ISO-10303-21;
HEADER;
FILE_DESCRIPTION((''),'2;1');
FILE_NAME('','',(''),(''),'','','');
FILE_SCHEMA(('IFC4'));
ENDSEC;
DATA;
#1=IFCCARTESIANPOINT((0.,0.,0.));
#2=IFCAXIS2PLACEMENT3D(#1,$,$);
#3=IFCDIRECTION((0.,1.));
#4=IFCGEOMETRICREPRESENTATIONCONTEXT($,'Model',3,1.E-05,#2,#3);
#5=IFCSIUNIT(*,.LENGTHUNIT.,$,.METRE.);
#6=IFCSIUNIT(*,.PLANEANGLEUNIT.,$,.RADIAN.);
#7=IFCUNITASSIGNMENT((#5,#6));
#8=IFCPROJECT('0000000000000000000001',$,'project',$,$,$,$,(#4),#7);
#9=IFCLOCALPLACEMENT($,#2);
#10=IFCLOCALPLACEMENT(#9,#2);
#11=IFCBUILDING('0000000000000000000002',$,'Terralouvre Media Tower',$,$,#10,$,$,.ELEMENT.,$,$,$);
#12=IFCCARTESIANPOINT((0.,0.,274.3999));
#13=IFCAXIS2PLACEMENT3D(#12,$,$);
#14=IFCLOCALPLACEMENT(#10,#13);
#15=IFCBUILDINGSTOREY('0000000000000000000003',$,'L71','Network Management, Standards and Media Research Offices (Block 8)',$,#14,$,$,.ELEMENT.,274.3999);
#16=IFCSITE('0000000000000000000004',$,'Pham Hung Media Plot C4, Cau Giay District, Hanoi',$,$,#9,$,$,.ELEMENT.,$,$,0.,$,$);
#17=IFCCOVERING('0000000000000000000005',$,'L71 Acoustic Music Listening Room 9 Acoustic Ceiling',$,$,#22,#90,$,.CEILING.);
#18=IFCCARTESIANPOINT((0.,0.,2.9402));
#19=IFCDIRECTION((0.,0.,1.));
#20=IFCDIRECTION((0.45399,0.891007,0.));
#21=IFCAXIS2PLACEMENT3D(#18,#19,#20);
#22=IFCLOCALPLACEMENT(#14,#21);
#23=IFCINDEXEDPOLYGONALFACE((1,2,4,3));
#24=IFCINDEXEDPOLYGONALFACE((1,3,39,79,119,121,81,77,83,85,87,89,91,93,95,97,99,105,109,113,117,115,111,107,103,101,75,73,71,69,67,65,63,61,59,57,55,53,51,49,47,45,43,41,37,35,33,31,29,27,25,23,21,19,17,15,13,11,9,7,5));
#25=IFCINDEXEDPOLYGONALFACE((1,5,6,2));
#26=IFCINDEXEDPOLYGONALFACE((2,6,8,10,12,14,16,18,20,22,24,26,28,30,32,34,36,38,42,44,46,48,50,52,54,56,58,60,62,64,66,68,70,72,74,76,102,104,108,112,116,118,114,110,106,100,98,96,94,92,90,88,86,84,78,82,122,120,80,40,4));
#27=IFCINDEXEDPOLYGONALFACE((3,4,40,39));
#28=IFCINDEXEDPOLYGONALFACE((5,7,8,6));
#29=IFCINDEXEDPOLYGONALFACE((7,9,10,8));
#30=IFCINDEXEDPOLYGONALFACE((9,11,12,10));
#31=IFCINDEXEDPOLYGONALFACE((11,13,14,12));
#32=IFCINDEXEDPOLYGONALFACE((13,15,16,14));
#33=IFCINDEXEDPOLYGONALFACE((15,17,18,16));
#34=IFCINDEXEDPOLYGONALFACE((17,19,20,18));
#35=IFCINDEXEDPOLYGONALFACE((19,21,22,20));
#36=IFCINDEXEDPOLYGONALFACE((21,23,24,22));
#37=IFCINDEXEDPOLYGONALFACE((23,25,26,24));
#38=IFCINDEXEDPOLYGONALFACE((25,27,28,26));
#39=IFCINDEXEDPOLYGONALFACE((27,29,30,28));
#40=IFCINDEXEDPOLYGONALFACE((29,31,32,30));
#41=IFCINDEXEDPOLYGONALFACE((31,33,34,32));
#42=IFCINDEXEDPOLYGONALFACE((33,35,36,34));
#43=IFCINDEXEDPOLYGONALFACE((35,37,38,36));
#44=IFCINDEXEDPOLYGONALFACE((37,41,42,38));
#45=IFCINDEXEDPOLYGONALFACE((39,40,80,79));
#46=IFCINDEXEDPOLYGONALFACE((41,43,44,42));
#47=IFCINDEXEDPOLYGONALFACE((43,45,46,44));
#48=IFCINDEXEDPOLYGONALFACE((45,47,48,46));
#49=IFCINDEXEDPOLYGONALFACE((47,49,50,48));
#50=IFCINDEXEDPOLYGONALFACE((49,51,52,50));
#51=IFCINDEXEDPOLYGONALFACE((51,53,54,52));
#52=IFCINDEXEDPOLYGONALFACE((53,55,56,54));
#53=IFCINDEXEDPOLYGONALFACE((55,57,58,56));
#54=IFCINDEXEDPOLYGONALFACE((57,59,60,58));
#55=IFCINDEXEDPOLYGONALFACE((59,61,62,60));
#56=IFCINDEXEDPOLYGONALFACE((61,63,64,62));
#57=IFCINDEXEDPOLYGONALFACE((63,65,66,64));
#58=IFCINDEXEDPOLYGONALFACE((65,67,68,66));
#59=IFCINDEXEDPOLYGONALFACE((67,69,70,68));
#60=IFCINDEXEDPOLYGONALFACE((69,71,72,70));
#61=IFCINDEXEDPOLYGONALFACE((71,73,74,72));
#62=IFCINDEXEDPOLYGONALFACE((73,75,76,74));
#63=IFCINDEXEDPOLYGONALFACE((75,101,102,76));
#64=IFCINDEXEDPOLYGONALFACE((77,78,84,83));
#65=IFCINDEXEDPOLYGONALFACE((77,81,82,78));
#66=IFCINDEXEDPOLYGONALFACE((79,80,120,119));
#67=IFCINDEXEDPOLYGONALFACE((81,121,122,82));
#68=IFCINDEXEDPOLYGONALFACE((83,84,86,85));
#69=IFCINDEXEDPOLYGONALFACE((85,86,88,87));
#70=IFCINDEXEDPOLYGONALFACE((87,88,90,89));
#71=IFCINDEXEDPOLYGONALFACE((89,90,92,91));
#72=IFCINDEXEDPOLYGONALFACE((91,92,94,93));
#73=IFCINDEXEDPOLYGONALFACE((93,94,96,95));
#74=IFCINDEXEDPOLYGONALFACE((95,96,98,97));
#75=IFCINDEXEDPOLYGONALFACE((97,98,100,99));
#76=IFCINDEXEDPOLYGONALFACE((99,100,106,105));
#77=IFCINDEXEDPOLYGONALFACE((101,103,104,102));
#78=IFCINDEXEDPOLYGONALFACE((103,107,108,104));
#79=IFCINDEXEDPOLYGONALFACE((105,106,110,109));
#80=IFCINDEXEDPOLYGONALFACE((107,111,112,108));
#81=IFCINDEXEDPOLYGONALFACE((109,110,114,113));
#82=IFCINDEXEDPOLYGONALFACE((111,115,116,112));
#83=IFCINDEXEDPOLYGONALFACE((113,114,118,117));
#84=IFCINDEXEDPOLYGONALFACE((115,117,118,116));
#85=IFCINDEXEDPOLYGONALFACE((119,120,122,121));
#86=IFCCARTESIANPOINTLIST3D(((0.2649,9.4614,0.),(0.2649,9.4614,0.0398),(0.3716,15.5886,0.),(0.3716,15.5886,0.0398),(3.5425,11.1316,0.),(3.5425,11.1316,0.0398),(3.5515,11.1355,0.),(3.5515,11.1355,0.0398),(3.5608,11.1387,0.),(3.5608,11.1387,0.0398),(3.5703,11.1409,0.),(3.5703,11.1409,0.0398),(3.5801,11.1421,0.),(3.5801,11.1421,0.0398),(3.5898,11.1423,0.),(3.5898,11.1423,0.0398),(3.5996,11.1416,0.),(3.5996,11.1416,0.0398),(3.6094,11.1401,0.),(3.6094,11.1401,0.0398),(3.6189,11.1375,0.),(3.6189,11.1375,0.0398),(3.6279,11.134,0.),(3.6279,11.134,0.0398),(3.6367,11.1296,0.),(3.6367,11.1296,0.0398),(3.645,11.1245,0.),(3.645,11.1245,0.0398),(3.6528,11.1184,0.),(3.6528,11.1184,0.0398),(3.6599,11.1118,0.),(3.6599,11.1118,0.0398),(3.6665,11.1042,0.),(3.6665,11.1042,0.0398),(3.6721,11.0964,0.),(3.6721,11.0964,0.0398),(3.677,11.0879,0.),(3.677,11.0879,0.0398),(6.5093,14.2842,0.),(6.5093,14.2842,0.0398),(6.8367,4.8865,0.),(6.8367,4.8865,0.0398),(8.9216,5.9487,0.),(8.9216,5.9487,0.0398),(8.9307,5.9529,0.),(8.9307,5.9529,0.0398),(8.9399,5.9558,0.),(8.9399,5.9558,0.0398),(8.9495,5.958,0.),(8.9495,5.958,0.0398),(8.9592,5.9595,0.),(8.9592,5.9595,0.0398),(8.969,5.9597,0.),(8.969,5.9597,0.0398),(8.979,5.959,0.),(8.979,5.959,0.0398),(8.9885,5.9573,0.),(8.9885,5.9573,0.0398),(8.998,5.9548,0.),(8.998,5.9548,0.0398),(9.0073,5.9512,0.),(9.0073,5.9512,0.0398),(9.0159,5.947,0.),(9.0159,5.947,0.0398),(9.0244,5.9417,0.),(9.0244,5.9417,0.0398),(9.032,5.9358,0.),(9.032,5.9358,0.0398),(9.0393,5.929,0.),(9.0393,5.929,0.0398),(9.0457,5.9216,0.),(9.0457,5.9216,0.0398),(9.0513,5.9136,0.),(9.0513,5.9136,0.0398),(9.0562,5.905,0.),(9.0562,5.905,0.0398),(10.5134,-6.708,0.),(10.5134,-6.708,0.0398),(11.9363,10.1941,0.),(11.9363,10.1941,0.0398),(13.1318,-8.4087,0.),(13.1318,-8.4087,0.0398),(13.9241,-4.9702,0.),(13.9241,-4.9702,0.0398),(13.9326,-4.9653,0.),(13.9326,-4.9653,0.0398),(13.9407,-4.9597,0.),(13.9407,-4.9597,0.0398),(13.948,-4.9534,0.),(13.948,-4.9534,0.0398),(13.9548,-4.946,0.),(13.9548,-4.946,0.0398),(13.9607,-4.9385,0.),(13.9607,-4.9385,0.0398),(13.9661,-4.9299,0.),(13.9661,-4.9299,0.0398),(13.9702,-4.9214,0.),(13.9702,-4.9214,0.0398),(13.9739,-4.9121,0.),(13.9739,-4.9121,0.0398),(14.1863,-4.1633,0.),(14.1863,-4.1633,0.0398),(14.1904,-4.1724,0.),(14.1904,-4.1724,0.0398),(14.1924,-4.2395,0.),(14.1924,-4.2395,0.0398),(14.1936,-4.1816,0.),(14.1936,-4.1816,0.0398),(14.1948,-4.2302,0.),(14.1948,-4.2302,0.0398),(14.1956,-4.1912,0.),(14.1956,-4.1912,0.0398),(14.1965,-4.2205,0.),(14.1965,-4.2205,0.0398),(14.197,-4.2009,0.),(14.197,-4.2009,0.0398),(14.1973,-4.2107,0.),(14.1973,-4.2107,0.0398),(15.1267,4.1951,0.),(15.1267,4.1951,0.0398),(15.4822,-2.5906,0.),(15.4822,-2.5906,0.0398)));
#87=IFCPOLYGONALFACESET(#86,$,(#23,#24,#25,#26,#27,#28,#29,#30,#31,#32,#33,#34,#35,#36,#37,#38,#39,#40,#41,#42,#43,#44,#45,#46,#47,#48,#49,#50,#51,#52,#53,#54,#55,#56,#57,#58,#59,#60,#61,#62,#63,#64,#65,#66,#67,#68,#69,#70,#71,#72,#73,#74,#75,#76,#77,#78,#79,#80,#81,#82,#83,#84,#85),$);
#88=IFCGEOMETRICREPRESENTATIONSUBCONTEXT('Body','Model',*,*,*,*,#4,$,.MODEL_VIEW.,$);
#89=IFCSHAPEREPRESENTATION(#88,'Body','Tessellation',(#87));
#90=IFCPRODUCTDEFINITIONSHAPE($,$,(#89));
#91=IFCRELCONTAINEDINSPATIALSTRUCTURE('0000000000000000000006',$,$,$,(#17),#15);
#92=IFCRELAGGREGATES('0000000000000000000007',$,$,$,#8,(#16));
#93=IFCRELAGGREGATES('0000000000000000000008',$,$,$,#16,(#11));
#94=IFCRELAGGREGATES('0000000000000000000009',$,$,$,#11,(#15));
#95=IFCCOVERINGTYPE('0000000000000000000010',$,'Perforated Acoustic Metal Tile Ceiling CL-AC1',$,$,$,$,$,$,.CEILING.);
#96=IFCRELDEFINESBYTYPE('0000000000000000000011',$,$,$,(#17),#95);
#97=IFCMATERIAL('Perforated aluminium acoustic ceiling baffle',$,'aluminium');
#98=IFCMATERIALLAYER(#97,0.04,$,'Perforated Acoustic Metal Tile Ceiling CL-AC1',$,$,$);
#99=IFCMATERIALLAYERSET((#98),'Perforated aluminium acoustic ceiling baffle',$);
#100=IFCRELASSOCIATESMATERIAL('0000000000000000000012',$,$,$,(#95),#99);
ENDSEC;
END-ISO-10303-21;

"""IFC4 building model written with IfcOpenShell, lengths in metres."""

from ifc_helpers import new_model, si_unit, direction, frame, origin, place, context, subcontext, project, spatial, polyline, outline, extrude, material, layer, layer_set, type_object, element, save


model = new_model("IFC4")

# Units and contexts
model_context = context("Model", 3, precision=1e-05, world=origin(), true_north=direction((0.0, 1.0)))
body_context = subcontext(model_context, "Body", "Model", "MODEL_VIEW")
ifc_project = project(units=[si_unit("LENGTHUNIT", "METRE"), si_unit("PLANEANGLEUNIT", "RADIAN")], contexts=[model_context])

# Site, building, storey
site_placement = place(None, origin())
site = spatial("IfcSite", under=ifc_project, at=site_placement, Name="Pham Hung Media Plot C4, Cau Giay District, Hanoi", CompositionType="ELEMENT", RefElevation=0.0)
building_placement = place(site_placement, origin())
building = spatial("IfcBuilding", under=site, at=building_placement, Name="Terralouvre Media Tower", CompositionType="ELEMENT")
storey_placement = place(building_placement, frame((0.0, 0.0, 274.3999)))
storey = spatial("IfcBuildingStorey", under=building, at=storey_placement, Name="L71", Description="Network Management, Standards and Media Research Offices (Block 8)", CompositionType="ELEMENT", Elevation=274.3999)

# Covering
ifc_material_1 = material(Name="Perforated aluminium acoustic ceiling baffle", Category="aluminium")
ifc_layer_1 = layer(ifc_material_1, 0.04, Name="Perforated Acoustic Metal Tile Ceiling CL-AC1")
ifc_layer_set_1 = layer_set([ifc_layer_1], Name="Perforated aluminium acoustic ceiling baffle")
covering_type = type_object("IfcCoveringType", Name="Perforated Acoustic Metal Tile Ceiling CL-AC1", PredefinedType="CEILING", material=ifc_layer_set_1)
covering_placement = place(storey_placement, frame((0.0, 0.0, 2.9402), z_axis=(0.0, 0.0, 1.0), x_axis=(0.45399, 0.891007, 0.0)))
element("IfcCovering", 1, at=covering_placement, inside=storey, type_object=covering_type, Name="L71 Acoustic Music Listening Room 9 Acoustic Ceiling", PredefinedType="CEILING", context=body_context, shape_type="SweptSolid", body=[
    extrude(outline(polyline([(8.9307, 5.9529), (8.9399, 5.9558), (8.9495, 5.958), (8.9592, 5.9595), (8.969, 5.9597), (8.979, 5.959), (8.9885, 5.9573), (8.998, 5.9548), (9.0073, 5.9512), (9.0159, 5.947), (9.0244, 5.9417), (9.032, 5.9358), (9.0393, 5.929), (9.0457, 5.9216), (9.0513, 5.9136), (9.0562, 5.905), (14.1863, -4.1633), (14.1904, -4.1724), (14.1936, -4.1816), (14.1956, -4.1912), (14.197, -4.2009), (14.1973, -4.2107), (14.1965, -4.2205), (14.1948, -4.2302), (14.1924, -4.2395), (13.9739, -4.9121), (13.9702, -4.9214), (13.9661, -4.9299), (13.9607, -4.9385), (13.9548, -4.946), (13.948, -4.9534), (13.9407, -4.9597), (13.9326, -4.9653), (13.9241, -4.9702), (10.5134, -6.708), (13.1318, -8.4087), (15.4822, -2.5906), (15.1267, 4.1951), (11.9363, 10.1941), (6.5093, 14.2842), (0.3716, 15.5886), (0.2649, 9.4614), (3.5425, 11.1316), (3.5515, 11.1355), (3.5608, 11.1387), (3.5703, 11.1409), (3.5801, 11.1421), (3.5898, 11.1423), (3.5996, 11.1416), (3.6094, 11.1401), (3.6189, 11.1375), (3.6279, 11.134), (3.6367, 11.1296), (3.645, 11.1245), (3.6528, 11.1184), (3.6599, 11.1118), (3.6665, 11.1042), (3.6721, 11.0964), (3.677, 11.0879), (6.8367, 4.8865), (8.9216, 5.9487), (8.9307, 5.9529)])), origin(), (0.0, 0.0, 1.0), 0.0398),
])

save(model, "model.ifc")
